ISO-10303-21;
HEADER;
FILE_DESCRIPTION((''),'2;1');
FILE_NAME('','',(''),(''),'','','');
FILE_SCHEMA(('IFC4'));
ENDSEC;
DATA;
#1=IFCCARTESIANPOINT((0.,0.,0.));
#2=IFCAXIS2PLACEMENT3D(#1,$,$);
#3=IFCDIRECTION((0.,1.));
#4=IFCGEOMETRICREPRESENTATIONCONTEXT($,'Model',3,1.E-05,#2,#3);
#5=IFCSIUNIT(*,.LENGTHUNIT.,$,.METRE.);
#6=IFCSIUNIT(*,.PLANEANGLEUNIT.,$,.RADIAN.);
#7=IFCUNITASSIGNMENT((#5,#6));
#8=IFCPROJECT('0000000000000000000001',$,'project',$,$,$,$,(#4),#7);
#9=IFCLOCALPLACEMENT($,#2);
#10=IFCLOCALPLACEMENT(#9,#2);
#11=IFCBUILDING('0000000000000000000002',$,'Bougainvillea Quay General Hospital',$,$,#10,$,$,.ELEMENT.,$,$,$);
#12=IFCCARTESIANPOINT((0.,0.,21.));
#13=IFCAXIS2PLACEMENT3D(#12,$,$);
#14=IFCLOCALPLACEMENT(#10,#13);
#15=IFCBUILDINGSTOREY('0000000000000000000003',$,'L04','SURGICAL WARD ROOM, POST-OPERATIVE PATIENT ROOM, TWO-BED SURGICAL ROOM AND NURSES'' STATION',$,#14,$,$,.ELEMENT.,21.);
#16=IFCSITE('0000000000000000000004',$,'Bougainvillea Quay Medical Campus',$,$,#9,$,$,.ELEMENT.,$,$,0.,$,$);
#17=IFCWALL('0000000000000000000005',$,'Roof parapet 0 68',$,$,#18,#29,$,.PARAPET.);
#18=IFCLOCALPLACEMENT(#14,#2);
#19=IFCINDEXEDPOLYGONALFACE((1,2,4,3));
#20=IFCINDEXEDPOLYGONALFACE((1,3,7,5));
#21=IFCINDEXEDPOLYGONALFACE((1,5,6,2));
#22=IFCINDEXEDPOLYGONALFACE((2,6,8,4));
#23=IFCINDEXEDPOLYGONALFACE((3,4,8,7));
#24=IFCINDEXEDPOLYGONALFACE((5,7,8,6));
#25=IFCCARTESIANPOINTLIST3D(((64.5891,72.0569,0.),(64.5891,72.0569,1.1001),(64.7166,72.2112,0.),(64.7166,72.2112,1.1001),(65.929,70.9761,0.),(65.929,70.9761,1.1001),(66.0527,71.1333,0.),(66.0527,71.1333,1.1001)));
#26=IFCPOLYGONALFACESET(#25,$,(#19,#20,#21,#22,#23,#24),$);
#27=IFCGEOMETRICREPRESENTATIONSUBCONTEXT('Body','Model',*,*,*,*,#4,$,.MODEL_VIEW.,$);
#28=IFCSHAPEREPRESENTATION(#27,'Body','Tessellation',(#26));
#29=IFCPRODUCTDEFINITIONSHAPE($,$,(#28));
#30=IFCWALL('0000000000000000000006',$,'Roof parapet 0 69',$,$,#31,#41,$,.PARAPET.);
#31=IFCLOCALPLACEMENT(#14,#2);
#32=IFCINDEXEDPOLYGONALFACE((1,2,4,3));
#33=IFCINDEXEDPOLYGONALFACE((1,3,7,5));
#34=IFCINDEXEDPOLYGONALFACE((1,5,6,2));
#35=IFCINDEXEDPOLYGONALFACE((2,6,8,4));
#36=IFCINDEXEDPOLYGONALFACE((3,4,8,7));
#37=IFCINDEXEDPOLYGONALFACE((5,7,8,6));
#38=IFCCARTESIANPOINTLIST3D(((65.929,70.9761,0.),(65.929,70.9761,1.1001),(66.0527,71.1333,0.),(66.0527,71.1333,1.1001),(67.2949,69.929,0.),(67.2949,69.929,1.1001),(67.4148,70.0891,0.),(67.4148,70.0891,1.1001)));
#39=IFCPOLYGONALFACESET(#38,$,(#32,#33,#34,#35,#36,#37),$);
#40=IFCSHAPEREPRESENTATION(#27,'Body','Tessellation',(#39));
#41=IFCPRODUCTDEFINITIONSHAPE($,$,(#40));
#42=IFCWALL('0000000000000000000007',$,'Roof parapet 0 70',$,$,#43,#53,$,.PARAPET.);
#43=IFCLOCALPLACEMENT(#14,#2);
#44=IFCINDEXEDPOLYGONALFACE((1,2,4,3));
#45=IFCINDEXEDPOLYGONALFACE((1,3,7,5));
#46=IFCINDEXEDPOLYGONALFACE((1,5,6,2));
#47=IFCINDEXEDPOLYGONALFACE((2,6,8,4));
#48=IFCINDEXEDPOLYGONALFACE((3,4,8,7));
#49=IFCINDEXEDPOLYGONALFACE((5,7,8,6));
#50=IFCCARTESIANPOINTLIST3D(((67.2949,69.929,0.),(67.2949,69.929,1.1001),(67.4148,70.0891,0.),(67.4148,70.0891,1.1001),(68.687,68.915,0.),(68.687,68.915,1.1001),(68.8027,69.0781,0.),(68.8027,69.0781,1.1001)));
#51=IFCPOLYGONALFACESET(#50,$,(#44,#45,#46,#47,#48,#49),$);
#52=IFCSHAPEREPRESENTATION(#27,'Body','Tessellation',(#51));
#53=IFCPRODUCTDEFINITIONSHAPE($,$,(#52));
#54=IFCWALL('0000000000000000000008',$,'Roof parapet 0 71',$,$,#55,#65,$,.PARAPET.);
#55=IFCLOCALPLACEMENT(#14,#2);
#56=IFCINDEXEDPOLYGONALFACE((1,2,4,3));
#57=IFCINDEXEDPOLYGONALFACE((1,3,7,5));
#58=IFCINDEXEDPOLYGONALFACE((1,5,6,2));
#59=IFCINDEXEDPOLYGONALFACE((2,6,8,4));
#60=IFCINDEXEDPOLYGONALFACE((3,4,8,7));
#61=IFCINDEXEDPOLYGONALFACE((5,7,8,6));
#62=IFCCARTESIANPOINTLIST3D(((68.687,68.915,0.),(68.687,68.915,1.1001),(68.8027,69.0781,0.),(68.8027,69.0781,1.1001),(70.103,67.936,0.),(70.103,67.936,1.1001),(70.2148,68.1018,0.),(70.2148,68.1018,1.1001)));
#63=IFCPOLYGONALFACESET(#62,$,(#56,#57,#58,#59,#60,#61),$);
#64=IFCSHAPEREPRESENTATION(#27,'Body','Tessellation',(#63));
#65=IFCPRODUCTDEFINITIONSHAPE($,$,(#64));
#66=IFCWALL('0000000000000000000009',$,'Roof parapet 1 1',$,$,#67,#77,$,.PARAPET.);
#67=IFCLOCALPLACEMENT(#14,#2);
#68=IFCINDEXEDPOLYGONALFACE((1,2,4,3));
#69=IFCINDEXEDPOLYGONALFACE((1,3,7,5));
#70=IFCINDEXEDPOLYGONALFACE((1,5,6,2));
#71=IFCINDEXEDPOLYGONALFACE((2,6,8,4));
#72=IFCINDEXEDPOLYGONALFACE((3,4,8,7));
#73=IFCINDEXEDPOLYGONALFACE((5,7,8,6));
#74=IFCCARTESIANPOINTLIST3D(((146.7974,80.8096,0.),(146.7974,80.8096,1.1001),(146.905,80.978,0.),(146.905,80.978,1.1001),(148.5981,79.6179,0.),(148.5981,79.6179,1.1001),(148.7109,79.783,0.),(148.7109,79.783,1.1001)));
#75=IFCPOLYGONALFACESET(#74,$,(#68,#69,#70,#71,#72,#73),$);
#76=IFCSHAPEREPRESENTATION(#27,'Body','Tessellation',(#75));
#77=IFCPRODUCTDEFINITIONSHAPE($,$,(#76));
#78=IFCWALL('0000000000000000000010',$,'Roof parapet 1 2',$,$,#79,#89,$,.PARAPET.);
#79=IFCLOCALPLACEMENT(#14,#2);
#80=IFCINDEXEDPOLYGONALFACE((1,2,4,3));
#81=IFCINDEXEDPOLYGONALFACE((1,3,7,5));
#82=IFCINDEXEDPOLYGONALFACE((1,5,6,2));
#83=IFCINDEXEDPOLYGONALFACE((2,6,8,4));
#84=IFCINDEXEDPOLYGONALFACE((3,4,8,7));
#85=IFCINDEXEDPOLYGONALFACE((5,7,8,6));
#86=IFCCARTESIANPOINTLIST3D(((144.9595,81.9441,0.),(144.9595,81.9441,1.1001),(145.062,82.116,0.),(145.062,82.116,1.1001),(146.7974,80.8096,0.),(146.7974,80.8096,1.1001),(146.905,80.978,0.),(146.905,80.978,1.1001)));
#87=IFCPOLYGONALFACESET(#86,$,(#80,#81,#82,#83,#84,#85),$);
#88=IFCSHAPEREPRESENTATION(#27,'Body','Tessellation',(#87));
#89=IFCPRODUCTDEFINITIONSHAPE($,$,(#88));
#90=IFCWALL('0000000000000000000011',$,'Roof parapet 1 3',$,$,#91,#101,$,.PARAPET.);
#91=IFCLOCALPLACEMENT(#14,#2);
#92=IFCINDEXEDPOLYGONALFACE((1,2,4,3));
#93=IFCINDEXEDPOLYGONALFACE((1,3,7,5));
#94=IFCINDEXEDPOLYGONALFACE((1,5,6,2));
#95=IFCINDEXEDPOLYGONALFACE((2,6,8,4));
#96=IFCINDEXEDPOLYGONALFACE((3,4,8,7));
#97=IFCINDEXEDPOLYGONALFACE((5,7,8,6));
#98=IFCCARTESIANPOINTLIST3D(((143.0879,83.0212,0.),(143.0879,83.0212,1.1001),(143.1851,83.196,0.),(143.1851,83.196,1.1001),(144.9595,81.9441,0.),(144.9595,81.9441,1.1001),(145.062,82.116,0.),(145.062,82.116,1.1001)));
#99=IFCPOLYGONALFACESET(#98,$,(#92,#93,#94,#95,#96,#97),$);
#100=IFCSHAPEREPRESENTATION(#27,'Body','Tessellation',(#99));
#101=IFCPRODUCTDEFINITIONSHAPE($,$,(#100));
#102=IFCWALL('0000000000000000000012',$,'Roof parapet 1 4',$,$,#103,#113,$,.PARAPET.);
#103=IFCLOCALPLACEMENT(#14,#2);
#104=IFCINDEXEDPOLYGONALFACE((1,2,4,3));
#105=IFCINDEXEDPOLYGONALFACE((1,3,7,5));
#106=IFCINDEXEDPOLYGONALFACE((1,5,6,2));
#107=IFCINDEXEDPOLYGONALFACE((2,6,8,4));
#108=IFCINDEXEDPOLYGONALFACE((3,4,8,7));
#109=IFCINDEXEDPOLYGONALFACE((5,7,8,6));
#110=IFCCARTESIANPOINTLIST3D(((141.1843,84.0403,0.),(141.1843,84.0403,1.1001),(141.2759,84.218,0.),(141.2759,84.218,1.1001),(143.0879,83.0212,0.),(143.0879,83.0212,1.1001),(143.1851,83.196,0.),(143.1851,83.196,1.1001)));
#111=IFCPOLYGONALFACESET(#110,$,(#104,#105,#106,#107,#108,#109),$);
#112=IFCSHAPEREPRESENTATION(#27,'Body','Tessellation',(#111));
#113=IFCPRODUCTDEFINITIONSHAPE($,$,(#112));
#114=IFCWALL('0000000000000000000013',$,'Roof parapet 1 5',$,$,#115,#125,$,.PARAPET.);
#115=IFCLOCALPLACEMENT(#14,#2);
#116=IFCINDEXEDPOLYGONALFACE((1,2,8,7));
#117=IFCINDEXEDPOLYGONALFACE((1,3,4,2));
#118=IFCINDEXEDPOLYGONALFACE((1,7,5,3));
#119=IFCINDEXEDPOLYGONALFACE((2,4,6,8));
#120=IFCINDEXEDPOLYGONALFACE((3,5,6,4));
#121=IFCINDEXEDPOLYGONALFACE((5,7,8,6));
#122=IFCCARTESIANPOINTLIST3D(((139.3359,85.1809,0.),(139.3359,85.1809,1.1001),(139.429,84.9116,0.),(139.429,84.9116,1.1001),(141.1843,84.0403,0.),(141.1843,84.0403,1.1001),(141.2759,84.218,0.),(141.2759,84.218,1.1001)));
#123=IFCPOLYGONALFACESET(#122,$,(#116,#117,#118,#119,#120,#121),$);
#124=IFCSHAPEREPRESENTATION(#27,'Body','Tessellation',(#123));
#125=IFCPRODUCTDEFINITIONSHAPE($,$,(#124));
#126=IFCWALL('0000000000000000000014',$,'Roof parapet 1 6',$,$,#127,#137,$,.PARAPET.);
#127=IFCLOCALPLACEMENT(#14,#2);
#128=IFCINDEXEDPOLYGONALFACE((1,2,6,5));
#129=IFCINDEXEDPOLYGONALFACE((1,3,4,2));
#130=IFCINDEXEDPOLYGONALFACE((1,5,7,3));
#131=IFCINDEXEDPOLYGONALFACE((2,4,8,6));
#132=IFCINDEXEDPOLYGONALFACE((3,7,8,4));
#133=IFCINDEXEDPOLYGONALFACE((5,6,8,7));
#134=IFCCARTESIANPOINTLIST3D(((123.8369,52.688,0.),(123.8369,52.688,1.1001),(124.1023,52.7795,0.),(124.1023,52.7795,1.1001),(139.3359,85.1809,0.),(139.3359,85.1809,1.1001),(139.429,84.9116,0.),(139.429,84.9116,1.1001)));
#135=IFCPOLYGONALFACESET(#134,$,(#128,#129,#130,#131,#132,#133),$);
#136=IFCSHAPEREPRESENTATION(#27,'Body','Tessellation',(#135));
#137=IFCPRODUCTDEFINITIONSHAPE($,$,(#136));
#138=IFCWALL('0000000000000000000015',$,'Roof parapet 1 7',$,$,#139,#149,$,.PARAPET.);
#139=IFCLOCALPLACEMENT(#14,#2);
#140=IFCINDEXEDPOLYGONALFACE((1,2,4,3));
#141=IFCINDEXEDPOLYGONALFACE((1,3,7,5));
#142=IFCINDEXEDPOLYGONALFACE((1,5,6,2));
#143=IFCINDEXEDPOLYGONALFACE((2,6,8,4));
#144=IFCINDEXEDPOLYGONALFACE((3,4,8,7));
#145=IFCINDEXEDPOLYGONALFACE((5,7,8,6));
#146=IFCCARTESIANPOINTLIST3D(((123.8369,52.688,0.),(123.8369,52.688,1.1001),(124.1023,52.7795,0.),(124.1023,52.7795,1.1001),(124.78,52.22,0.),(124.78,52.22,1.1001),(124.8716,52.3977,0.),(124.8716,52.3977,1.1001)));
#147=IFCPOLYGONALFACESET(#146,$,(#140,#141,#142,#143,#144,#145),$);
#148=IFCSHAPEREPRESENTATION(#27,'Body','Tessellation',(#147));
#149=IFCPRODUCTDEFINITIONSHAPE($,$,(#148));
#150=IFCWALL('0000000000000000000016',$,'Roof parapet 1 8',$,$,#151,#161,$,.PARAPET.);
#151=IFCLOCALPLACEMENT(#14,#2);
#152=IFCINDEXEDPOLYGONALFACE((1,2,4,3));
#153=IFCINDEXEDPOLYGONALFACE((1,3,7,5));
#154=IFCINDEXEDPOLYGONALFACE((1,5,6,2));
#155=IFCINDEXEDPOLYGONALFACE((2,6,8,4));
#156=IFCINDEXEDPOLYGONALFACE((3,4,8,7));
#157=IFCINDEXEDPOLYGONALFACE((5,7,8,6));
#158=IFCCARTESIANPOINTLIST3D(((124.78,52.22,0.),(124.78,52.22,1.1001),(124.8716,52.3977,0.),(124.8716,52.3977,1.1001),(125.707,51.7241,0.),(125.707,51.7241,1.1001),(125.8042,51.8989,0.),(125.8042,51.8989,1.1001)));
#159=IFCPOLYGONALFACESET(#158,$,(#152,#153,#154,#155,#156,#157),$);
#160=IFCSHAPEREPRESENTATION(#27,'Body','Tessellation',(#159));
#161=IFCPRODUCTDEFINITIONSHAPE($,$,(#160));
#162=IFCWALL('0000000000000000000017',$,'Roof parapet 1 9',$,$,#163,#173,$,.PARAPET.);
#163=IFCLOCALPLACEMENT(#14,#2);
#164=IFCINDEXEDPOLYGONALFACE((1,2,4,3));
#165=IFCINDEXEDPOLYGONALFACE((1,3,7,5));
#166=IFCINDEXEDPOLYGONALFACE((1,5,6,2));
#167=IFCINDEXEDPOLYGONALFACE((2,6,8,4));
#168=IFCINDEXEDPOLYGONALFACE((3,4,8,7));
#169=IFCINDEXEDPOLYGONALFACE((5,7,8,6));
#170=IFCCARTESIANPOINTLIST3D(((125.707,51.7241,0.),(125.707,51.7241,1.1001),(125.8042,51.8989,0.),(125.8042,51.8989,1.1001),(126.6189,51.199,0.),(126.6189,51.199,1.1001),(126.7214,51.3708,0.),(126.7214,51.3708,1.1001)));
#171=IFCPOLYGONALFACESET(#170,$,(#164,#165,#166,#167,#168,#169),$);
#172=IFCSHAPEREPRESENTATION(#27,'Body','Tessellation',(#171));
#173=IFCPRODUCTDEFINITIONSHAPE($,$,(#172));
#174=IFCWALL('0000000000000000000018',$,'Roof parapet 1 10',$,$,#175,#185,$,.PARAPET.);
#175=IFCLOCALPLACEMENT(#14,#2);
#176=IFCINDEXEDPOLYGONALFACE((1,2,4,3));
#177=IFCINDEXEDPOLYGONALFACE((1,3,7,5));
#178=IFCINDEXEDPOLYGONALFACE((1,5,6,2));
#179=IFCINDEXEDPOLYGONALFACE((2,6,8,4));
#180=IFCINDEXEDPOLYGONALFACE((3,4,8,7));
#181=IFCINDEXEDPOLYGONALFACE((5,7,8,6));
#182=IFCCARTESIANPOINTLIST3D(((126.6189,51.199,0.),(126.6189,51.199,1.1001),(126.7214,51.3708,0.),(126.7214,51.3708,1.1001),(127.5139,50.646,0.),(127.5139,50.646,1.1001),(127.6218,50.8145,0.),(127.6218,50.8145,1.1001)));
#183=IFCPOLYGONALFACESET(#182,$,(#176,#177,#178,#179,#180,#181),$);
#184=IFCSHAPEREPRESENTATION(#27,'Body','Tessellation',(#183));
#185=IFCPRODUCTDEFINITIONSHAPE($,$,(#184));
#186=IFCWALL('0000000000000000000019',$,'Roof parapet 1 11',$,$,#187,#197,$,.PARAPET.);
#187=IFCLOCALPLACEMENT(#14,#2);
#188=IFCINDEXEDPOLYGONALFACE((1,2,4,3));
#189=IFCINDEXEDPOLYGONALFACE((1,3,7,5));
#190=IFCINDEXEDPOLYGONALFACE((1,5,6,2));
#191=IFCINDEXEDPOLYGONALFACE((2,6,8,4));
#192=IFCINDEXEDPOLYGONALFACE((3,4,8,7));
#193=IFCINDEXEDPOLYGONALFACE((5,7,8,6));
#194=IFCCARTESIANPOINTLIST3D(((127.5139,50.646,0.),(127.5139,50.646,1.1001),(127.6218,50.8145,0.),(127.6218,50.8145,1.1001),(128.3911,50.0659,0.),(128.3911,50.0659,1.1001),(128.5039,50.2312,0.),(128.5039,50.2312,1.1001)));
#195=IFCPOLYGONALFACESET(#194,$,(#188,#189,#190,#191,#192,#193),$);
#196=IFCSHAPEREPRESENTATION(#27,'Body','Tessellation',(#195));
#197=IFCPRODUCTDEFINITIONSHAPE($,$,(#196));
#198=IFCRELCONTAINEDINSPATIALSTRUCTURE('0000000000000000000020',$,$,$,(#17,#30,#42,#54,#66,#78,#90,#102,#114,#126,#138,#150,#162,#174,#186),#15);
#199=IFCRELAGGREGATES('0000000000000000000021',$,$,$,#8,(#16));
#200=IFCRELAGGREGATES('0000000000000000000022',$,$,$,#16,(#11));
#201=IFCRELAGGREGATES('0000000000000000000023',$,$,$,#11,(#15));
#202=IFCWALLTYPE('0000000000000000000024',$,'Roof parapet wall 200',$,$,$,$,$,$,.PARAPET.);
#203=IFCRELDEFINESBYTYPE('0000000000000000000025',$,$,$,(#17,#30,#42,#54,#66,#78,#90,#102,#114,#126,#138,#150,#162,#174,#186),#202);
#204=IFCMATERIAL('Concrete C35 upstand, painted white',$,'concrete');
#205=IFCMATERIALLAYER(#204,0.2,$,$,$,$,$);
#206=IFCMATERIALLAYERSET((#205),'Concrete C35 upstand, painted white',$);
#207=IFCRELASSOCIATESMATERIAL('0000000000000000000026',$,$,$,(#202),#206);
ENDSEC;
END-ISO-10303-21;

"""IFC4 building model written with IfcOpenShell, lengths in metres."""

from ifc_helpers import new_model, si_unit, direction, frame, origin, place, context, subcontext, project, spatial, polyline, outline, extrude, material, layer, layer_set, type_object, element, save


model = new_model("IFC4")

# Units and contexts
model_context = context("Model", 3, precision=1e-05, world=origin(), true_north=direction((0.0, 1.0)))
body_context = subcontext(model_context, "Body", "Model", "MODEL_VIEW")
ifc_project = project(units=[si_unit("LENGTHUNIT", "METRE"), si_unit("PLANEANGLEUNIT", "RADIAN")], contexts=[model_context])

# Site, building, storey
site_placement = place(None, origin())
site = spatial("IfcSite", under=ifc_project, at=site_placement, Name="Bougainvillea Quay Medical Campus", CompositionType="ELEMENT", RefElevation=0.0)
building_placement = place(site_placement, origin())
building = spatial("IfcBuilding", under=site, at=building_placement, Name="Bougainvillea Quay General Hospital", CompositionType="ELEMENT")
storey_placement = place(building_placement, frame((0.0, 0.0, 21.0)))
storey = spatial("IfcBuildingStorey", under=building, at=storey_placement, Name="L04", Description="SURGICAL WARD ROOM, POST-OPERATIVE PATIENT ROOM, TWO-BED SURGICAL ROOM AND NURSES' STATION", CompositionType="ELEMENT", Elevation=21.0)

# Walls
ifc_material_1 = material(Name="Concrete C35 upstand, painted white", Category="concrete")
ifc_layer_1 = layer(ifc_material_1, 0.2)
ifc_layer_set_1 = layer_set([ifc_layer_1], Name="Concrete C35 upstand, painted white")
wall_type = type_object("IfcWallType", Name="Roof parapet wall 200", PredefinedType="PARAPET", material=ifc_layer_set_1)
wall_1_placement = place(storey_placement, origin())
element("IfcWall", 1, at=wall_1_placement, inside=storey, type_object=wall_type, Name="Roof parapet 0 68", PredefinedType="PARAPET", context=body_context, shape_type="SweptSolid", body=[
    extrude(outline(polyline([(66.0527, 71.1333), (65.929, 70.9761), (64.5891, 72.0569), (64.7166, 72.2112), (66.0527, 71.1333)])), origin(), (0.0, 0.0, 1.0), 1.1001),
])
wall_2_placement = place(storey_placement, origin())
element("IfcWall", 2, at=wall_2_placement, inside=storey, type_object=wall_type, Name="Roof parapet 0 69", PredefinedType="PARAPET", context=body_context, shape_type="SweptSolid", body=[
    extrude(outline(polyline([(67.4148, 70.0891), (67.2949, 69.929), (65.929, 70.9761), (66.0527, 71.1333), (67.4148, 70.0891)])), origin(), (0.0, 0.0, 1.0), 1.1001),
])
wall_3_placement = place(storey_placement, origin())
element("IfcWall", 3, at=wall_3_placement, inside=storey, type_object=wall_type, Name="Roof parapet 0 70", PredefinedType="PARAPET", context=body_context, shape_type="SweptSolid", body=[
    extrude(outline(polyline([(68.8027, 69.0781), (68.687, 68.915), (67.2949, 69.929), (67.4148, 70.0891), (68.8027, 69.0781)])), origin(), (0.0, 0.0, 1.0), 1.1001),
])
wall_4_placement = place(storey_placement, origin())
element("IfcWall", 4, at=wall_4_placement, inside=storey, type_object=wall_type, Name="Roof parapet 0 71", PredefinedType="PARAPET", context=body_context, shape_type="SweptSolid", body=[
    extrude(outline(polyline([(70.2148, 68.1018), (70.103, 67.936), (68.687, 68.915), (68.8027, 69.0781), (70.2148, 68.1018)])), origin(), (0.0, 0.0, 1.0), 1.1001),
])
wall_5_placement = place(storey_placement, origin())
element("IfcWall", 5, at=wall_5_placement, inside=storey, type_object=wall_type, Name="Roof parapet 1 1", PredefinedType="PARAPET", context=body_context, shape_type="SweptSolid", body=[
    extrude(outline(polyline([(146.7974, 80.8096), (146.905, 80.978), (148.7109, 79.783), (148.5981, 79.6179), (146.7974, 80.8096)])), origin(), (0.0, 0.0, 1.0), 1.1001),
])
wall_6_placement = place(storey_placement, origin())
element("IfcWall", 6, at=wall_6_placement, inside=storey, type_object=wall_type, Name="Roof parapet 1 2", PredefinedType="PARAPET", context=body_context, shape_type="SweptSolid", body=[
    extrude(outline(polyline([(144.9595, 81.9441), (145.062, 82.116), (146.905, 80.978), (146.7974, 80.8096), (144.9595, 81.9441)])), origin(), (0.0, 0.0, 1.0), 1.1001),
])
wall_7_placement = place(storey_placement, origin())
element("IfcWall", 7, at=wall_7_placement, inside=storey, type_object=wall_type, Name="Roof parapet 1 3", PredefinedType="PARAPET", context=body_context, shape_type="SweptSolid", body=[
    extrude(outline(polyline([(143.0879, 83.0212), (143.1851, 83.196), (145.062, 82.116), (144.9595, 81.9441), (143.0879, 83.0212)])), origin(), (0.0, 0.0, 1.0), 1.1001),
])
wall_8_placement = place(storey_placement, origin())
element("IfcWall", 8, at=wall_8_placement, inside=storey, type_object=wall_type, Name="Roof parapet 1 4", PredefinedType="PARAPET", context=body_context, shape_type="SweptSolid", body=[
    extrude(outline(polyline([(141.1843, 84.0403), (141.2759, 84.218), (143.1851, 83.196), (143.0879, 83.0212), (141.1843, 84.0403)])), origin(), (0.0, 0.0, 1.0), 1.1001),
])
wall_9_placement = place(storey_placement, origin())
element("IfcWall", 9, at=wall_9_placement, inside=storey, type_object=wall_type, Name="Roof parapet 1 5", PredefinedType="PARAPET", context=body_context, shape_type="SweptSolid", body=[
    extrude(outline(polyline([(139.429, 84.9116), (139.3359, 85.1809), (141.2759, 84.218), (141.1843, 84.0403), (139.429, 84.9116)])), origin(), (0.0, 0.0, 1.0), 1.1001),
])
wall_10_placement = place(storey_placement, origin())
element("IfcWall", 10, at=wall_10_placement, inside=storey, type_object=wall_type, Name="Roof parapet 1 6", PredefinedType="PARAPET", context=body_context, shape_type="SweptSolid", body=[
    extrude(outline(polyline([(124.1023, 52.7795), (123.8369, 52.688), (139.3359, 85.1809), (139.429, 84.9116), (124.1023, 52.7795)])), origin(), (0.0, 0.0, 1.0), 1.1001),
])
wall_11_placement = place(storey_placement, origin())
element("IfcWall", 11, at=wall_11_placement, inside=storey, type_object=wall_type, Name="Roof parapet 1 7", PredefinedType="PARAPET", context=body_context, shape_type="SweptSolid", body=[
    extrude(outline(polyline([(124.8716, 52.3977), (124.78, 52.22), (123.8369, 52.688), (124.1023, 52.7795), (124.8716, 52.3977)])), origin(), (0.0, 0.0, 1.0), 1.1001),
])
wall_12_placement = place(storey_placement, origin())
element("IfcWall", 12, at=wall_12_placement, inside=storey, type_object=wall_type, Name="Roof parapet 1 8", PredefinedType="PARAPET", context=body_context, shape_type="SweptSolid", body=[
    extrude(outline(polyline([(125.8042, 51.8989), (125.707, 51.7241), (124.78, 52.22), (124.8716, 52.3977), (125.8042, 51.8989)])), origin(), (0.0, 0.0, 1.0), 1.1001),
])
wall_13_placement = place(storey_placement, origin())
element("IfcWall", 13, at=wall_13_placement, inside=storey, type_object=wall_type, Name="Roof parapet 1 9", PredefinedType="PARAPET", context=body_context, shape_type="SweptSolid", body=[
    extrude(outline(polyline([(126.7214, 51.3708), (126.6189, 51.199), (125.707, 51.7241), (125.8042, 51.8989), (126.7214, 51.3708)])), origin(), (0.0, 0.0, 1.0), 1.1001),
])
wall_14_placement = place(storey_placement, origin())
element("IfcWall", 14, at=wall_14_placement, inside=storey, type_object=wall_type, Name="Roof parapet 1 10", PredefinedType="PARAPET", context=body_context, shape_type="SweptSolid", body=[
    extrude(outline(polyline([(127.6218, 50.8145), (127.5139, 50.646), (126.6189, 51.199), (126.7214, 51.3708), (127.6218, 50.8145)])), origin(), (0.0, 0.0, 1.0), 1.1001),
])
wall_15_placement = place(storey_placement, origin())
element("IfcWall", 15, at=wall_15_placement, inside=storey, type_object=wall_type, Name="Roof parapet 1 11", PredefinedType="PARAPET", context=body_context, shape_type="SweptSolid", body=[
    extrude(outline(polyline([(128.5039, 50.2312), (128.3911, 50.0659), (127.5139, 50.646), (127.6218, 50.8145), (128.5039, 50.2312)])), origin(), (0.0, 0.0, 1.0), 1.1001),
])

save(model, "model.ifc")
